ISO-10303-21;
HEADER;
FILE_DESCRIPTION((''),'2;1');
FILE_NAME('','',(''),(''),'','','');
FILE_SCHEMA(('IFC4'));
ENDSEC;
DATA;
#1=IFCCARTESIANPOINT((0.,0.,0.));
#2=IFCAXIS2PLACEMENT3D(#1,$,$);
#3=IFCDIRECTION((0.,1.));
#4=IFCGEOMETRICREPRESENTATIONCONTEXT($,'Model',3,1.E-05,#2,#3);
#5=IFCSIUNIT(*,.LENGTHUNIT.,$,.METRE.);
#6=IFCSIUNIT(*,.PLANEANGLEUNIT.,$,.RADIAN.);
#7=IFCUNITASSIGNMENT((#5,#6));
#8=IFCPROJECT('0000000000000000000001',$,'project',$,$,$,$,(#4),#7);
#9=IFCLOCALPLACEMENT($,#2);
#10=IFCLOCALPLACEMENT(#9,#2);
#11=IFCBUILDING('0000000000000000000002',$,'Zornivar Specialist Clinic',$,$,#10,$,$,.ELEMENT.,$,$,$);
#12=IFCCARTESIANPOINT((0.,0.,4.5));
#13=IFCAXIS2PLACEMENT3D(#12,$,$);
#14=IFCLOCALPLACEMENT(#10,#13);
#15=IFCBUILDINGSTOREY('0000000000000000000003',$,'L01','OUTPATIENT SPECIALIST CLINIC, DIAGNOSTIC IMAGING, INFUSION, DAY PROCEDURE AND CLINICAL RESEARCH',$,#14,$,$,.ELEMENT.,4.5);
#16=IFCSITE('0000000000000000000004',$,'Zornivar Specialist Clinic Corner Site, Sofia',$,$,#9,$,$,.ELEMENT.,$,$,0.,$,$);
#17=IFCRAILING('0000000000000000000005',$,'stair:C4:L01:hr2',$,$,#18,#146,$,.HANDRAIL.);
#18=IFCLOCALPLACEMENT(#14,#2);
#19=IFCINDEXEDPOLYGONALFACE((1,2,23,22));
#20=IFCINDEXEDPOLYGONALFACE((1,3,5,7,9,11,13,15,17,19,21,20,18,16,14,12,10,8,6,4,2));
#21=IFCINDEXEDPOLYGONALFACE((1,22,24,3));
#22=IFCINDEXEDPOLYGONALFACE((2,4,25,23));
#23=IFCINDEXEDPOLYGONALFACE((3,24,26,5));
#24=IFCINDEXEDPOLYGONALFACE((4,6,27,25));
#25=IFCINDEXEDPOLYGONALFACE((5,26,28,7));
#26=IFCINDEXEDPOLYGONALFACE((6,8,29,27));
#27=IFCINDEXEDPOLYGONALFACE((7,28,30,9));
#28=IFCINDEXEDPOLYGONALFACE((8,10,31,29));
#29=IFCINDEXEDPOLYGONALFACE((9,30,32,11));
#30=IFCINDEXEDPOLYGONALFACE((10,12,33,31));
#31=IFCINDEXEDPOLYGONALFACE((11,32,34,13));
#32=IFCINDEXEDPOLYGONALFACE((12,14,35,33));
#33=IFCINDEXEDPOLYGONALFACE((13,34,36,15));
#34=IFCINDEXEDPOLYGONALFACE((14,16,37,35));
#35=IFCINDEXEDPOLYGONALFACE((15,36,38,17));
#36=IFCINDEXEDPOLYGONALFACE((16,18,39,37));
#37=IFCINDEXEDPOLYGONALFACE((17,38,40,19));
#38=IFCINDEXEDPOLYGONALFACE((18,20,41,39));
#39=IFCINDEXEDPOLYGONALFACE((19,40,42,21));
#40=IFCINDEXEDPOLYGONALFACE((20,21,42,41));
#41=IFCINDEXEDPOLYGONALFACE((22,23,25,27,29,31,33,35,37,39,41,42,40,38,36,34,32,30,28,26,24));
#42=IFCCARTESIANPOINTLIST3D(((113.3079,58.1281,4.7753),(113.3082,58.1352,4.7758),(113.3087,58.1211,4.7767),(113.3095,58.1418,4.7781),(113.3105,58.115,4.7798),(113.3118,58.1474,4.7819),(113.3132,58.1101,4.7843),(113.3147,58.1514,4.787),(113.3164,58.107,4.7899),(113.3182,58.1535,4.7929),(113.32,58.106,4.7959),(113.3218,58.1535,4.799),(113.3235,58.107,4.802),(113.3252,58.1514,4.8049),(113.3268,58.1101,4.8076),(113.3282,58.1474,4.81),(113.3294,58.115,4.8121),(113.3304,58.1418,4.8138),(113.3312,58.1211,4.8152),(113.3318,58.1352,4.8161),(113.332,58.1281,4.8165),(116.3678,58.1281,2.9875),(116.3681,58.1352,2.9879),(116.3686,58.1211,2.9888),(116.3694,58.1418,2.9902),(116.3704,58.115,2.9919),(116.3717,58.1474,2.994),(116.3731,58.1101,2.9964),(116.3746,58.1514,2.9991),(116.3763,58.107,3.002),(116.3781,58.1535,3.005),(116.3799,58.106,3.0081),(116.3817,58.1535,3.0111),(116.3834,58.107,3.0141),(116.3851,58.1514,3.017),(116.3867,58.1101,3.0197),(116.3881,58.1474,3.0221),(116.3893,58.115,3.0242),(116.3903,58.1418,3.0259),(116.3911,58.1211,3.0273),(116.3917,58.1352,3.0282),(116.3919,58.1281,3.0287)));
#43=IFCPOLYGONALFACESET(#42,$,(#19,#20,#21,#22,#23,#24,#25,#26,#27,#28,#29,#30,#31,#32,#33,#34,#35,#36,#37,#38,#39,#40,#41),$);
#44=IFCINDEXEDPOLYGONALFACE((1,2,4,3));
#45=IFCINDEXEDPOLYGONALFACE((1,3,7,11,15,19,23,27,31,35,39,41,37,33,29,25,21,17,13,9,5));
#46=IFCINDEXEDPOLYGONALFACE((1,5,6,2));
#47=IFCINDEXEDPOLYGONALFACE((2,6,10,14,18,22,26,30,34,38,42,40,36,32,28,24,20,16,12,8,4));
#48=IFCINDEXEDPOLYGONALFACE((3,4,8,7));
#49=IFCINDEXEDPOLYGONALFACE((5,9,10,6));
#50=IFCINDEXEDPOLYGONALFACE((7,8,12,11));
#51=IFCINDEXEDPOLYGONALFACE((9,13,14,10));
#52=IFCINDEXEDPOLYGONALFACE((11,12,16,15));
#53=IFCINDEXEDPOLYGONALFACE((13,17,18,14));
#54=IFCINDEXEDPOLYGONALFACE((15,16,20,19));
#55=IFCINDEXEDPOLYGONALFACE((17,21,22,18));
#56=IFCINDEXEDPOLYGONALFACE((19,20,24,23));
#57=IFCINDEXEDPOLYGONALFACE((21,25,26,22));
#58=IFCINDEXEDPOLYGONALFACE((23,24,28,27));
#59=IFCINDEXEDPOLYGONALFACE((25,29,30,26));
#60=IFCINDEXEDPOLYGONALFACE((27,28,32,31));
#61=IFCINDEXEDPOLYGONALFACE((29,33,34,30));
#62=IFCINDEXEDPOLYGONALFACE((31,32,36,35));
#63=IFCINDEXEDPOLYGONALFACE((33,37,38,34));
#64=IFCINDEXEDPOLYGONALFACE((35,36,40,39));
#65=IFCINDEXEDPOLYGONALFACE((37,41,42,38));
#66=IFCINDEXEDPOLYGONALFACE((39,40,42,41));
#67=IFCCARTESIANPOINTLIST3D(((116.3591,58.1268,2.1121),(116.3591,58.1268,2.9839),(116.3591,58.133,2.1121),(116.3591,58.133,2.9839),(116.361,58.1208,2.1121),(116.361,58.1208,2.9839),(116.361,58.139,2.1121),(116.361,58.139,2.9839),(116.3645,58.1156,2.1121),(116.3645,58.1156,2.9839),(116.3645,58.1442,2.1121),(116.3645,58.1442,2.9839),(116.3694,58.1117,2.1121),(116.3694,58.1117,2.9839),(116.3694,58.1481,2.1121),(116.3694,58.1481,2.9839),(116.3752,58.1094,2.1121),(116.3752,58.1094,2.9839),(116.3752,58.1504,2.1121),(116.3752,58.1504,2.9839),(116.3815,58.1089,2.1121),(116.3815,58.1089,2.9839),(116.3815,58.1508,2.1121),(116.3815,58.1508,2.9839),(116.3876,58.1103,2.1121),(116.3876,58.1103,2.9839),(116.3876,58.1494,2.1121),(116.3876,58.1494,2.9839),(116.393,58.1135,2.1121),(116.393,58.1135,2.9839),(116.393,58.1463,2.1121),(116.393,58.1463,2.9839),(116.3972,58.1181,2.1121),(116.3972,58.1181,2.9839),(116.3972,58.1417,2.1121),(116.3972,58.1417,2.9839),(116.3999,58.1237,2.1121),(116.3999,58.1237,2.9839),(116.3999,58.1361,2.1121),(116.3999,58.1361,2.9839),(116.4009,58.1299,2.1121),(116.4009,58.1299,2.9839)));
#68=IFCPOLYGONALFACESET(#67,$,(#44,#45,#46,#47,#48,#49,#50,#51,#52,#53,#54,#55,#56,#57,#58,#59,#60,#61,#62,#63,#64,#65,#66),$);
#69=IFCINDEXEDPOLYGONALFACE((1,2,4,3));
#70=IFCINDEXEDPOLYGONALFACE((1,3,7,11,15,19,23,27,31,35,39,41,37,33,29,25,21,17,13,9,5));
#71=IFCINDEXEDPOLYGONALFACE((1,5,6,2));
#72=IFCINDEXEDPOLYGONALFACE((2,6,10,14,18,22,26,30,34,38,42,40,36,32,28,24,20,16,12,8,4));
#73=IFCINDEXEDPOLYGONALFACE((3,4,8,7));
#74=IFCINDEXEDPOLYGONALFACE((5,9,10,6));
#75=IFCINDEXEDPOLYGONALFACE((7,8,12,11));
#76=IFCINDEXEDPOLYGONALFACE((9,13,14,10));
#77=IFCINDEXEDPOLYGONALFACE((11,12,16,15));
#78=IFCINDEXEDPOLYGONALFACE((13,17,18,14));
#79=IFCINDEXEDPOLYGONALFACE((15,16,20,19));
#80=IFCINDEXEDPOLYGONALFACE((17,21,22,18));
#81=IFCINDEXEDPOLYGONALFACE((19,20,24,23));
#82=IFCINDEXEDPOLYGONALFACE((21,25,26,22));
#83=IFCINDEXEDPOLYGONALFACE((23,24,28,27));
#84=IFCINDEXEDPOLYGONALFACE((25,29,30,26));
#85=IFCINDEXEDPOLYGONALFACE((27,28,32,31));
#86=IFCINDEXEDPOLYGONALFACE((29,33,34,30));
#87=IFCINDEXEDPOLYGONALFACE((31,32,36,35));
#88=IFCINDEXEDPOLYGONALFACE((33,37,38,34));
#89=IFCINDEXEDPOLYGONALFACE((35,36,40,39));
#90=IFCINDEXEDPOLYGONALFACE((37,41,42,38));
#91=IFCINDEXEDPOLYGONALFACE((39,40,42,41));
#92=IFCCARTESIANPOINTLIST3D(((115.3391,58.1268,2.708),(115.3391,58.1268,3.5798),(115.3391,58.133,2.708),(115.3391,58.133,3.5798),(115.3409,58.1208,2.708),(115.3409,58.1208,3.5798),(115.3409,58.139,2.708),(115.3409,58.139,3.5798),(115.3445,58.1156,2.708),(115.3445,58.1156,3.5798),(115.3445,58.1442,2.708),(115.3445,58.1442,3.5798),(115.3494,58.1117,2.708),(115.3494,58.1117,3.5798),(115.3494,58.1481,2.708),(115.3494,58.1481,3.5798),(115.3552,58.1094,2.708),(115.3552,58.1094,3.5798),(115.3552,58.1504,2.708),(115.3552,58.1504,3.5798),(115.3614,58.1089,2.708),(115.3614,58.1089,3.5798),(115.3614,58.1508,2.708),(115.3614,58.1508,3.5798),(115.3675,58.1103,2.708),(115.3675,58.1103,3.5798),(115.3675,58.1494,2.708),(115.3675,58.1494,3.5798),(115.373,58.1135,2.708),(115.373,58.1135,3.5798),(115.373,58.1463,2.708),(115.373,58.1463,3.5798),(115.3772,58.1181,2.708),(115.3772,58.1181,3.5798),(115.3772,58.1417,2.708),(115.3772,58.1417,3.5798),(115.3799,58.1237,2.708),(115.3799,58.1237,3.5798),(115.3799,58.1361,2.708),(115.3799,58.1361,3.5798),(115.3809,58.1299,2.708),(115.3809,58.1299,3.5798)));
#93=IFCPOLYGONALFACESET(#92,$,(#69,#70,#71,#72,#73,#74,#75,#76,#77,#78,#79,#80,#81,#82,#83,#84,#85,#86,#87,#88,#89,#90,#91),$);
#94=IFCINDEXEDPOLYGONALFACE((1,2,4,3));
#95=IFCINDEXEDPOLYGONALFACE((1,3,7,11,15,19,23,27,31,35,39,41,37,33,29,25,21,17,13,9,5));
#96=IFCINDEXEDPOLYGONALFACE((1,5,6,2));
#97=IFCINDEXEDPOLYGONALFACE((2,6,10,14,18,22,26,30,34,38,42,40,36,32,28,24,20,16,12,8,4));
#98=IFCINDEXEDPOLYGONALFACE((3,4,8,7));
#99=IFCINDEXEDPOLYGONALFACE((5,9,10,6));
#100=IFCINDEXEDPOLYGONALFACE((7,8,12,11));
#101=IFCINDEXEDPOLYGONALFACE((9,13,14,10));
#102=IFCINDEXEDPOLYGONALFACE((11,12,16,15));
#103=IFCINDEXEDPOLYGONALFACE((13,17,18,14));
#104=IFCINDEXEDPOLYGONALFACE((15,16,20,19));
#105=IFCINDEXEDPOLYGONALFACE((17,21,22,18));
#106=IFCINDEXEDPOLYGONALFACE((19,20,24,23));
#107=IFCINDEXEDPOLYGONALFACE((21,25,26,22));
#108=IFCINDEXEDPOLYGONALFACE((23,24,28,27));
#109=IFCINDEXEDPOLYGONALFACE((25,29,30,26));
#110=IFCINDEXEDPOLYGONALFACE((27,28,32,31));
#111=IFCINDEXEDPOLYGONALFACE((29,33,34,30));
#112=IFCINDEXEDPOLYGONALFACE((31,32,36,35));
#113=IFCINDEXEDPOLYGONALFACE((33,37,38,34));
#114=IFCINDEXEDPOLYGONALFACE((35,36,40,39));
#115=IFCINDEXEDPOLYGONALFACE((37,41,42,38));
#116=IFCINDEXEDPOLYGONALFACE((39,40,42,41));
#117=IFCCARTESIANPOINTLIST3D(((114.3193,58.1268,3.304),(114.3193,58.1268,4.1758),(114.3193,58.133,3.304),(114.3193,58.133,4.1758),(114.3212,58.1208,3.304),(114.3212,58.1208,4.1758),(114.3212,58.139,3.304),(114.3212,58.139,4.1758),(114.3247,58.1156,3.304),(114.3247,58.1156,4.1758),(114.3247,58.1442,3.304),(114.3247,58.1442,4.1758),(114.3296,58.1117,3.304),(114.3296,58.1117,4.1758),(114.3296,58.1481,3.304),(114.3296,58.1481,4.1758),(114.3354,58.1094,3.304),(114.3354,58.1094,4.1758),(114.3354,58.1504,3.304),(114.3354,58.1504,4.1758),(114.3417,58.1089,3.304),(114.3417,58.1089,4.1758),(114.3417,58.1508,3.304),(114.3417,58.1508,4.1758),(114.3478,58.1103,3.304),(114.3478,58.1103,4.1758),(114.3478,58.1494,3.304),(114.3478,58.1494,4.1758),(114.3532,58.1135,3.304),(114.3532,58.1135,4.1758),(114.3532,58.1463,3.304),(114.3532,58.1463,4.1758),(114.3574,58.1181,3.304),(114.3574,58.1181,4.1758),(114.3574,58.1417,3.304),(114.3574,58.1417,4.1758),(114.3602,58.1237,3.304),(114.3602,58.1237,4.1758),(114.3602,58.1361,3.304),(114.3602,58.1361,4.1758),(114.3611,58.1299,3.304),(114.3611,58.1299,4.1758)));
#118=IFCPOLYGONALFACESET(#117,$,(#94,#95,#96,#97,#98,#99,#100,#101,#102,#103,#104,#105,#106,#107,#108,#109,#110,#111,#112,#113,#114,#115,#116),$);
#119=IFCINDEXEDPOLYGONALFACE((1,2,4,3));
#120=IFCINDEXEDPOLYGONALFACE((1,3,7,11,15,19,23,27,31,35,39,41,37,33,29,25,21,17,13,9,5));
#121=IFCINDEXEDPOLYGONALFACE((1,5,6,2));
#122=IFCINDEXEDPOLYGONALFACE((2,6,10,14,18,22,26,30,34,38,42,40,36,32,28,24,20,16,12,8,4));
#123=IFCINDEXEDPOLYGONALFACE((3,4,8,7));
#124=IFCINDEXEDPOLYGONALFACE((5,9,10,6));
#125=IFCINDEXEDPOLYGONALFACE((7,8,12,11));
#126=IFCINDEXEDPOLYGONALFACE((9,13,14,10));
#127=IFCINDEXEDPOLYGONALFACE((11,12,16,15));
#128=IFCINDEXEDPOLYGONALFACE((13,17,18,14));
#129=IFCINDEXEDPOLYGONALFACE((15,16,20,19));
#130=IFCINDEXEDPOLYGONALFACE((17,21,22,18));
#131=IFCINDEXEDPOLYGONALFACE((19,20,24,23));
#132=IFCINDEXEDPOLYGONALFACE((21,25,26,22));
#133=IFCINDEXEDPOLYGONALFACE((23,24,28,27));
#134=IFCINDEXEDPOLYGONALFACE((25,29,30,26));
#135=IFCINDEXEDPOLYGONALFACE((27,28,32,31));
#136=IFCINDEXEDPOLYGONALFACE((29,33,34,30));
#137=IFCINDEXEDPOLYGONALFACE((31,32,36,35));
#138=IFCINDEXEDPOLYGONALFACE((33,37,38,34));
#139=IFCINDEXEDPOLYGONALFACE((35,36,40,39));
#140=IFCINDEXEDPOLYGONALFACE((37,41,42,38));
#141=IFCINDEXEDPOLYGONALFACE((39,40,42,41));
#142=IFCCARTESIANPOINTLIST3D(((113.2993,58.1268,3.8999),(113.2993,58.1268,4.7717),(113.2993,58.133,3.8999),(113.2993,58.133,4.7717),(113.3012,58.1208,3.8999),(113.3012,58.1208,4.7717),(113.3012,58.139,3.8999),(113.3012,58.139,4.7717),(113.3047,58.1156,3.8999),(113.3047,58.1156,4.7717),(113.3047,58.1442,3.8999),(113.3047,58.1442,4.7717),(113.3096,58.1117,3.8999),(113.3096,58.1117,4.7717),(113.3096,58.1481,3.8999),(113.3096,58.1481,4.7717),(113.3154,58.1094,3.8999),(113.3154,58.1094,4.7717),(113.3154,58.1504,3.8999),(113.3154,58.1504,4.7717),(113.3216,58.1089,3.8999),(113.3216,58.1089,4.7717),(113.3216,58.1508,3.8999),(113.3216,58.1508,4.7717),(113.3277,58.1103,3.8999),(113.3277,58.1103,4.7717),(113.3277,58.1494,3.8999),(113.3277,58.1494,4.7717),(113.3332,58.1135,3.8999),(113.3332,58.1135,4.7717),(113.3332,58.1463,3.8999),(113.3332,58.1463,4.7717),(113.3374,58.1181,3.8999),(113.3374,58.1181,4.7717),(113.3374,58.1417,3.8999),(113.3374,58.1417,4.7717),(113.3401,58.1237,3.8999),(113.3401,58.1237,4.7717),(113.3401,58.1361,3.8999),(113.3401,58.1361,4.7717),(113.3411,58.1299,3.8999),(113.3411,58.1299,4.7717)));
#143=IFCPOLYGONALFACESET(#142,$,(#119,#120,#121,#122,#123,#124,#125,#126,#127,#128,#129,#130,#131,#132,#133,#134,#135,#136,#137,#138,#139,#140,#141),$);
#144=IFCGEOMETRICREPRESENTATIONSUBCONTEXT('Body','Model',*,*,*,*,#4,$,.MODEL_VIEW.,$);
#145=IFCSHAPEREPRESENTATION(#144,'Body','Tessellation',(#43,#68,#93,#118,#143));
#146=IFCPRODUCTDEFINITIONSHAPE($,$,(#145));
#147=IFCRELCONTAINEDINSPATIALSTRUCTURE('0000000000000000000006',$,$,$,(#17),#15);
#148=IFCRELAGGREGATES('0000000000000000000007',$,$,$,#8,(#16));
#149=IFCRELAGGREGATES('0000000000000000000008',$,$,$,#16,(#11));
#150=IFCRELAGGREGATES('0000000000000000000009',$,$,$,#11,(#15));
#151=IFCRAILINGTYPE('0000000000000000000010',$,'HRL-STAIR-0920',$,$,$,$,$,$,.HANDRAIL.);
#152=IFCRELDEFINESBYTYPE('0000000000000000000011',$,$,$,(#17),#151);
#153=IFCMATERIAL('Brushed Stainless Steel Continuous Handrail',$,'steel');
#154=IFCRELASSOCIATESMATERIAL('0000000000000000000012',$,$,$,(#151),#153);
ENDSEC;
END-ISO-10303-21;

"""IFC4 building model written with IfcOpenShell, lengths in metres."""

from ifc_helpers import new_model, si_unit, direction, frame, origin, origin_2d, place, context, subcontext, project, spatial, circle, extrude, material, type_object, element, save


model = new_model("IFC4")

# Units and contexts
model_context = context("Model", 3, precision=1e-05, world=origin(), true_north=direction((0.0, 1.0)))
body_context = subcontext(model_context, "Body", "Model", "MODEL_VIEW")
ifc_project = project(units=[si_unit("LENGTHUNIT", "METRE"), si_unit("PLANEANGLEUNIT", "RADIAN")], contexts=[model_context])

# Site, building, storey
site_placement = place(None, origin())
site = spatial("IfcSite", under=ifc_project, at=site_placement, Name="Zornivar Specialist Clinic Corner Site, Sofia", CompositionType="ELEMENT", RefElevation=0.0)
building_placement = place(site_placement, origin())
building = spatial("IfcBuilding", under=site, at=building_placement, Name="Zornivar Specialist Clinic", CompositionType="ELEMENT")
storey_placement = place(building_placement, frame((0.0, 0.0, 4.5)))
storey = spatial("IfcBuildingStorey", under=building, at=storey_placement, Name="L01", Description="OUTPATIENT SPECIALIST CLINIC, DIAGNOSTIC IMAGING, INFUSION, DAY PROCEDURE AND CLINICAL RESEARCH", CompositionType="ELEMENT", Elevation=4.5)

# Railing
ifc_material_1 = material(Name="Brushed Stainless Steel Continuous Handrail", Category="steel")
railing_type_1 = type_object("IfcRailingType", Name="HRL-STAIR-0920", PredefinedType="HANDRAIL", material=ifc_material_1)
railing_1_placement = place(storey_placement, frame((116.3799, 58.1299, 2.1121)))
element("IfcRailing", 1, at=railing_1_placement, inside=storey, type_object=railing_type_1, Name="stair:C4:L01:hr2", PredefinedType="HANDRAIL", context=body_context, shape_type="SweptSolid", body=[
    extrude(circle(Radius=0.0239, at=origin_2d()), frame((0.0, 0.0, 0.896), z_axis=(-0.863416, 0.0, 0.504492), x_axis=(0.0, -1.0, 0.0)), (0.0, 0.0, 1.0), 3.5439),
    extrude(circle(Radius=0.021, at=origin_2d()), origin(), (0.0, 0.0, 1.0), 0.8718),
    extrude(circle(Radius=0.021, at=origin_2d()), frame((-1.02, 0.0, 0.5959)), (0.0, 0.0, 1.0), 0.8718),
    extrude(circle(Radius=0.021, at=origin_2d()), frame((-2.0398, 0.0, 1.1919)), (0.0, 0.0, 1.0), 0.8718),
    extrude(circle(Radius=0.021, at=origin_2d()), frame((-3.0598, 0.0, 1.7878)), (0.0, 0.0, 1.0), 0.8718),
])

save(model, "model.ifc")
